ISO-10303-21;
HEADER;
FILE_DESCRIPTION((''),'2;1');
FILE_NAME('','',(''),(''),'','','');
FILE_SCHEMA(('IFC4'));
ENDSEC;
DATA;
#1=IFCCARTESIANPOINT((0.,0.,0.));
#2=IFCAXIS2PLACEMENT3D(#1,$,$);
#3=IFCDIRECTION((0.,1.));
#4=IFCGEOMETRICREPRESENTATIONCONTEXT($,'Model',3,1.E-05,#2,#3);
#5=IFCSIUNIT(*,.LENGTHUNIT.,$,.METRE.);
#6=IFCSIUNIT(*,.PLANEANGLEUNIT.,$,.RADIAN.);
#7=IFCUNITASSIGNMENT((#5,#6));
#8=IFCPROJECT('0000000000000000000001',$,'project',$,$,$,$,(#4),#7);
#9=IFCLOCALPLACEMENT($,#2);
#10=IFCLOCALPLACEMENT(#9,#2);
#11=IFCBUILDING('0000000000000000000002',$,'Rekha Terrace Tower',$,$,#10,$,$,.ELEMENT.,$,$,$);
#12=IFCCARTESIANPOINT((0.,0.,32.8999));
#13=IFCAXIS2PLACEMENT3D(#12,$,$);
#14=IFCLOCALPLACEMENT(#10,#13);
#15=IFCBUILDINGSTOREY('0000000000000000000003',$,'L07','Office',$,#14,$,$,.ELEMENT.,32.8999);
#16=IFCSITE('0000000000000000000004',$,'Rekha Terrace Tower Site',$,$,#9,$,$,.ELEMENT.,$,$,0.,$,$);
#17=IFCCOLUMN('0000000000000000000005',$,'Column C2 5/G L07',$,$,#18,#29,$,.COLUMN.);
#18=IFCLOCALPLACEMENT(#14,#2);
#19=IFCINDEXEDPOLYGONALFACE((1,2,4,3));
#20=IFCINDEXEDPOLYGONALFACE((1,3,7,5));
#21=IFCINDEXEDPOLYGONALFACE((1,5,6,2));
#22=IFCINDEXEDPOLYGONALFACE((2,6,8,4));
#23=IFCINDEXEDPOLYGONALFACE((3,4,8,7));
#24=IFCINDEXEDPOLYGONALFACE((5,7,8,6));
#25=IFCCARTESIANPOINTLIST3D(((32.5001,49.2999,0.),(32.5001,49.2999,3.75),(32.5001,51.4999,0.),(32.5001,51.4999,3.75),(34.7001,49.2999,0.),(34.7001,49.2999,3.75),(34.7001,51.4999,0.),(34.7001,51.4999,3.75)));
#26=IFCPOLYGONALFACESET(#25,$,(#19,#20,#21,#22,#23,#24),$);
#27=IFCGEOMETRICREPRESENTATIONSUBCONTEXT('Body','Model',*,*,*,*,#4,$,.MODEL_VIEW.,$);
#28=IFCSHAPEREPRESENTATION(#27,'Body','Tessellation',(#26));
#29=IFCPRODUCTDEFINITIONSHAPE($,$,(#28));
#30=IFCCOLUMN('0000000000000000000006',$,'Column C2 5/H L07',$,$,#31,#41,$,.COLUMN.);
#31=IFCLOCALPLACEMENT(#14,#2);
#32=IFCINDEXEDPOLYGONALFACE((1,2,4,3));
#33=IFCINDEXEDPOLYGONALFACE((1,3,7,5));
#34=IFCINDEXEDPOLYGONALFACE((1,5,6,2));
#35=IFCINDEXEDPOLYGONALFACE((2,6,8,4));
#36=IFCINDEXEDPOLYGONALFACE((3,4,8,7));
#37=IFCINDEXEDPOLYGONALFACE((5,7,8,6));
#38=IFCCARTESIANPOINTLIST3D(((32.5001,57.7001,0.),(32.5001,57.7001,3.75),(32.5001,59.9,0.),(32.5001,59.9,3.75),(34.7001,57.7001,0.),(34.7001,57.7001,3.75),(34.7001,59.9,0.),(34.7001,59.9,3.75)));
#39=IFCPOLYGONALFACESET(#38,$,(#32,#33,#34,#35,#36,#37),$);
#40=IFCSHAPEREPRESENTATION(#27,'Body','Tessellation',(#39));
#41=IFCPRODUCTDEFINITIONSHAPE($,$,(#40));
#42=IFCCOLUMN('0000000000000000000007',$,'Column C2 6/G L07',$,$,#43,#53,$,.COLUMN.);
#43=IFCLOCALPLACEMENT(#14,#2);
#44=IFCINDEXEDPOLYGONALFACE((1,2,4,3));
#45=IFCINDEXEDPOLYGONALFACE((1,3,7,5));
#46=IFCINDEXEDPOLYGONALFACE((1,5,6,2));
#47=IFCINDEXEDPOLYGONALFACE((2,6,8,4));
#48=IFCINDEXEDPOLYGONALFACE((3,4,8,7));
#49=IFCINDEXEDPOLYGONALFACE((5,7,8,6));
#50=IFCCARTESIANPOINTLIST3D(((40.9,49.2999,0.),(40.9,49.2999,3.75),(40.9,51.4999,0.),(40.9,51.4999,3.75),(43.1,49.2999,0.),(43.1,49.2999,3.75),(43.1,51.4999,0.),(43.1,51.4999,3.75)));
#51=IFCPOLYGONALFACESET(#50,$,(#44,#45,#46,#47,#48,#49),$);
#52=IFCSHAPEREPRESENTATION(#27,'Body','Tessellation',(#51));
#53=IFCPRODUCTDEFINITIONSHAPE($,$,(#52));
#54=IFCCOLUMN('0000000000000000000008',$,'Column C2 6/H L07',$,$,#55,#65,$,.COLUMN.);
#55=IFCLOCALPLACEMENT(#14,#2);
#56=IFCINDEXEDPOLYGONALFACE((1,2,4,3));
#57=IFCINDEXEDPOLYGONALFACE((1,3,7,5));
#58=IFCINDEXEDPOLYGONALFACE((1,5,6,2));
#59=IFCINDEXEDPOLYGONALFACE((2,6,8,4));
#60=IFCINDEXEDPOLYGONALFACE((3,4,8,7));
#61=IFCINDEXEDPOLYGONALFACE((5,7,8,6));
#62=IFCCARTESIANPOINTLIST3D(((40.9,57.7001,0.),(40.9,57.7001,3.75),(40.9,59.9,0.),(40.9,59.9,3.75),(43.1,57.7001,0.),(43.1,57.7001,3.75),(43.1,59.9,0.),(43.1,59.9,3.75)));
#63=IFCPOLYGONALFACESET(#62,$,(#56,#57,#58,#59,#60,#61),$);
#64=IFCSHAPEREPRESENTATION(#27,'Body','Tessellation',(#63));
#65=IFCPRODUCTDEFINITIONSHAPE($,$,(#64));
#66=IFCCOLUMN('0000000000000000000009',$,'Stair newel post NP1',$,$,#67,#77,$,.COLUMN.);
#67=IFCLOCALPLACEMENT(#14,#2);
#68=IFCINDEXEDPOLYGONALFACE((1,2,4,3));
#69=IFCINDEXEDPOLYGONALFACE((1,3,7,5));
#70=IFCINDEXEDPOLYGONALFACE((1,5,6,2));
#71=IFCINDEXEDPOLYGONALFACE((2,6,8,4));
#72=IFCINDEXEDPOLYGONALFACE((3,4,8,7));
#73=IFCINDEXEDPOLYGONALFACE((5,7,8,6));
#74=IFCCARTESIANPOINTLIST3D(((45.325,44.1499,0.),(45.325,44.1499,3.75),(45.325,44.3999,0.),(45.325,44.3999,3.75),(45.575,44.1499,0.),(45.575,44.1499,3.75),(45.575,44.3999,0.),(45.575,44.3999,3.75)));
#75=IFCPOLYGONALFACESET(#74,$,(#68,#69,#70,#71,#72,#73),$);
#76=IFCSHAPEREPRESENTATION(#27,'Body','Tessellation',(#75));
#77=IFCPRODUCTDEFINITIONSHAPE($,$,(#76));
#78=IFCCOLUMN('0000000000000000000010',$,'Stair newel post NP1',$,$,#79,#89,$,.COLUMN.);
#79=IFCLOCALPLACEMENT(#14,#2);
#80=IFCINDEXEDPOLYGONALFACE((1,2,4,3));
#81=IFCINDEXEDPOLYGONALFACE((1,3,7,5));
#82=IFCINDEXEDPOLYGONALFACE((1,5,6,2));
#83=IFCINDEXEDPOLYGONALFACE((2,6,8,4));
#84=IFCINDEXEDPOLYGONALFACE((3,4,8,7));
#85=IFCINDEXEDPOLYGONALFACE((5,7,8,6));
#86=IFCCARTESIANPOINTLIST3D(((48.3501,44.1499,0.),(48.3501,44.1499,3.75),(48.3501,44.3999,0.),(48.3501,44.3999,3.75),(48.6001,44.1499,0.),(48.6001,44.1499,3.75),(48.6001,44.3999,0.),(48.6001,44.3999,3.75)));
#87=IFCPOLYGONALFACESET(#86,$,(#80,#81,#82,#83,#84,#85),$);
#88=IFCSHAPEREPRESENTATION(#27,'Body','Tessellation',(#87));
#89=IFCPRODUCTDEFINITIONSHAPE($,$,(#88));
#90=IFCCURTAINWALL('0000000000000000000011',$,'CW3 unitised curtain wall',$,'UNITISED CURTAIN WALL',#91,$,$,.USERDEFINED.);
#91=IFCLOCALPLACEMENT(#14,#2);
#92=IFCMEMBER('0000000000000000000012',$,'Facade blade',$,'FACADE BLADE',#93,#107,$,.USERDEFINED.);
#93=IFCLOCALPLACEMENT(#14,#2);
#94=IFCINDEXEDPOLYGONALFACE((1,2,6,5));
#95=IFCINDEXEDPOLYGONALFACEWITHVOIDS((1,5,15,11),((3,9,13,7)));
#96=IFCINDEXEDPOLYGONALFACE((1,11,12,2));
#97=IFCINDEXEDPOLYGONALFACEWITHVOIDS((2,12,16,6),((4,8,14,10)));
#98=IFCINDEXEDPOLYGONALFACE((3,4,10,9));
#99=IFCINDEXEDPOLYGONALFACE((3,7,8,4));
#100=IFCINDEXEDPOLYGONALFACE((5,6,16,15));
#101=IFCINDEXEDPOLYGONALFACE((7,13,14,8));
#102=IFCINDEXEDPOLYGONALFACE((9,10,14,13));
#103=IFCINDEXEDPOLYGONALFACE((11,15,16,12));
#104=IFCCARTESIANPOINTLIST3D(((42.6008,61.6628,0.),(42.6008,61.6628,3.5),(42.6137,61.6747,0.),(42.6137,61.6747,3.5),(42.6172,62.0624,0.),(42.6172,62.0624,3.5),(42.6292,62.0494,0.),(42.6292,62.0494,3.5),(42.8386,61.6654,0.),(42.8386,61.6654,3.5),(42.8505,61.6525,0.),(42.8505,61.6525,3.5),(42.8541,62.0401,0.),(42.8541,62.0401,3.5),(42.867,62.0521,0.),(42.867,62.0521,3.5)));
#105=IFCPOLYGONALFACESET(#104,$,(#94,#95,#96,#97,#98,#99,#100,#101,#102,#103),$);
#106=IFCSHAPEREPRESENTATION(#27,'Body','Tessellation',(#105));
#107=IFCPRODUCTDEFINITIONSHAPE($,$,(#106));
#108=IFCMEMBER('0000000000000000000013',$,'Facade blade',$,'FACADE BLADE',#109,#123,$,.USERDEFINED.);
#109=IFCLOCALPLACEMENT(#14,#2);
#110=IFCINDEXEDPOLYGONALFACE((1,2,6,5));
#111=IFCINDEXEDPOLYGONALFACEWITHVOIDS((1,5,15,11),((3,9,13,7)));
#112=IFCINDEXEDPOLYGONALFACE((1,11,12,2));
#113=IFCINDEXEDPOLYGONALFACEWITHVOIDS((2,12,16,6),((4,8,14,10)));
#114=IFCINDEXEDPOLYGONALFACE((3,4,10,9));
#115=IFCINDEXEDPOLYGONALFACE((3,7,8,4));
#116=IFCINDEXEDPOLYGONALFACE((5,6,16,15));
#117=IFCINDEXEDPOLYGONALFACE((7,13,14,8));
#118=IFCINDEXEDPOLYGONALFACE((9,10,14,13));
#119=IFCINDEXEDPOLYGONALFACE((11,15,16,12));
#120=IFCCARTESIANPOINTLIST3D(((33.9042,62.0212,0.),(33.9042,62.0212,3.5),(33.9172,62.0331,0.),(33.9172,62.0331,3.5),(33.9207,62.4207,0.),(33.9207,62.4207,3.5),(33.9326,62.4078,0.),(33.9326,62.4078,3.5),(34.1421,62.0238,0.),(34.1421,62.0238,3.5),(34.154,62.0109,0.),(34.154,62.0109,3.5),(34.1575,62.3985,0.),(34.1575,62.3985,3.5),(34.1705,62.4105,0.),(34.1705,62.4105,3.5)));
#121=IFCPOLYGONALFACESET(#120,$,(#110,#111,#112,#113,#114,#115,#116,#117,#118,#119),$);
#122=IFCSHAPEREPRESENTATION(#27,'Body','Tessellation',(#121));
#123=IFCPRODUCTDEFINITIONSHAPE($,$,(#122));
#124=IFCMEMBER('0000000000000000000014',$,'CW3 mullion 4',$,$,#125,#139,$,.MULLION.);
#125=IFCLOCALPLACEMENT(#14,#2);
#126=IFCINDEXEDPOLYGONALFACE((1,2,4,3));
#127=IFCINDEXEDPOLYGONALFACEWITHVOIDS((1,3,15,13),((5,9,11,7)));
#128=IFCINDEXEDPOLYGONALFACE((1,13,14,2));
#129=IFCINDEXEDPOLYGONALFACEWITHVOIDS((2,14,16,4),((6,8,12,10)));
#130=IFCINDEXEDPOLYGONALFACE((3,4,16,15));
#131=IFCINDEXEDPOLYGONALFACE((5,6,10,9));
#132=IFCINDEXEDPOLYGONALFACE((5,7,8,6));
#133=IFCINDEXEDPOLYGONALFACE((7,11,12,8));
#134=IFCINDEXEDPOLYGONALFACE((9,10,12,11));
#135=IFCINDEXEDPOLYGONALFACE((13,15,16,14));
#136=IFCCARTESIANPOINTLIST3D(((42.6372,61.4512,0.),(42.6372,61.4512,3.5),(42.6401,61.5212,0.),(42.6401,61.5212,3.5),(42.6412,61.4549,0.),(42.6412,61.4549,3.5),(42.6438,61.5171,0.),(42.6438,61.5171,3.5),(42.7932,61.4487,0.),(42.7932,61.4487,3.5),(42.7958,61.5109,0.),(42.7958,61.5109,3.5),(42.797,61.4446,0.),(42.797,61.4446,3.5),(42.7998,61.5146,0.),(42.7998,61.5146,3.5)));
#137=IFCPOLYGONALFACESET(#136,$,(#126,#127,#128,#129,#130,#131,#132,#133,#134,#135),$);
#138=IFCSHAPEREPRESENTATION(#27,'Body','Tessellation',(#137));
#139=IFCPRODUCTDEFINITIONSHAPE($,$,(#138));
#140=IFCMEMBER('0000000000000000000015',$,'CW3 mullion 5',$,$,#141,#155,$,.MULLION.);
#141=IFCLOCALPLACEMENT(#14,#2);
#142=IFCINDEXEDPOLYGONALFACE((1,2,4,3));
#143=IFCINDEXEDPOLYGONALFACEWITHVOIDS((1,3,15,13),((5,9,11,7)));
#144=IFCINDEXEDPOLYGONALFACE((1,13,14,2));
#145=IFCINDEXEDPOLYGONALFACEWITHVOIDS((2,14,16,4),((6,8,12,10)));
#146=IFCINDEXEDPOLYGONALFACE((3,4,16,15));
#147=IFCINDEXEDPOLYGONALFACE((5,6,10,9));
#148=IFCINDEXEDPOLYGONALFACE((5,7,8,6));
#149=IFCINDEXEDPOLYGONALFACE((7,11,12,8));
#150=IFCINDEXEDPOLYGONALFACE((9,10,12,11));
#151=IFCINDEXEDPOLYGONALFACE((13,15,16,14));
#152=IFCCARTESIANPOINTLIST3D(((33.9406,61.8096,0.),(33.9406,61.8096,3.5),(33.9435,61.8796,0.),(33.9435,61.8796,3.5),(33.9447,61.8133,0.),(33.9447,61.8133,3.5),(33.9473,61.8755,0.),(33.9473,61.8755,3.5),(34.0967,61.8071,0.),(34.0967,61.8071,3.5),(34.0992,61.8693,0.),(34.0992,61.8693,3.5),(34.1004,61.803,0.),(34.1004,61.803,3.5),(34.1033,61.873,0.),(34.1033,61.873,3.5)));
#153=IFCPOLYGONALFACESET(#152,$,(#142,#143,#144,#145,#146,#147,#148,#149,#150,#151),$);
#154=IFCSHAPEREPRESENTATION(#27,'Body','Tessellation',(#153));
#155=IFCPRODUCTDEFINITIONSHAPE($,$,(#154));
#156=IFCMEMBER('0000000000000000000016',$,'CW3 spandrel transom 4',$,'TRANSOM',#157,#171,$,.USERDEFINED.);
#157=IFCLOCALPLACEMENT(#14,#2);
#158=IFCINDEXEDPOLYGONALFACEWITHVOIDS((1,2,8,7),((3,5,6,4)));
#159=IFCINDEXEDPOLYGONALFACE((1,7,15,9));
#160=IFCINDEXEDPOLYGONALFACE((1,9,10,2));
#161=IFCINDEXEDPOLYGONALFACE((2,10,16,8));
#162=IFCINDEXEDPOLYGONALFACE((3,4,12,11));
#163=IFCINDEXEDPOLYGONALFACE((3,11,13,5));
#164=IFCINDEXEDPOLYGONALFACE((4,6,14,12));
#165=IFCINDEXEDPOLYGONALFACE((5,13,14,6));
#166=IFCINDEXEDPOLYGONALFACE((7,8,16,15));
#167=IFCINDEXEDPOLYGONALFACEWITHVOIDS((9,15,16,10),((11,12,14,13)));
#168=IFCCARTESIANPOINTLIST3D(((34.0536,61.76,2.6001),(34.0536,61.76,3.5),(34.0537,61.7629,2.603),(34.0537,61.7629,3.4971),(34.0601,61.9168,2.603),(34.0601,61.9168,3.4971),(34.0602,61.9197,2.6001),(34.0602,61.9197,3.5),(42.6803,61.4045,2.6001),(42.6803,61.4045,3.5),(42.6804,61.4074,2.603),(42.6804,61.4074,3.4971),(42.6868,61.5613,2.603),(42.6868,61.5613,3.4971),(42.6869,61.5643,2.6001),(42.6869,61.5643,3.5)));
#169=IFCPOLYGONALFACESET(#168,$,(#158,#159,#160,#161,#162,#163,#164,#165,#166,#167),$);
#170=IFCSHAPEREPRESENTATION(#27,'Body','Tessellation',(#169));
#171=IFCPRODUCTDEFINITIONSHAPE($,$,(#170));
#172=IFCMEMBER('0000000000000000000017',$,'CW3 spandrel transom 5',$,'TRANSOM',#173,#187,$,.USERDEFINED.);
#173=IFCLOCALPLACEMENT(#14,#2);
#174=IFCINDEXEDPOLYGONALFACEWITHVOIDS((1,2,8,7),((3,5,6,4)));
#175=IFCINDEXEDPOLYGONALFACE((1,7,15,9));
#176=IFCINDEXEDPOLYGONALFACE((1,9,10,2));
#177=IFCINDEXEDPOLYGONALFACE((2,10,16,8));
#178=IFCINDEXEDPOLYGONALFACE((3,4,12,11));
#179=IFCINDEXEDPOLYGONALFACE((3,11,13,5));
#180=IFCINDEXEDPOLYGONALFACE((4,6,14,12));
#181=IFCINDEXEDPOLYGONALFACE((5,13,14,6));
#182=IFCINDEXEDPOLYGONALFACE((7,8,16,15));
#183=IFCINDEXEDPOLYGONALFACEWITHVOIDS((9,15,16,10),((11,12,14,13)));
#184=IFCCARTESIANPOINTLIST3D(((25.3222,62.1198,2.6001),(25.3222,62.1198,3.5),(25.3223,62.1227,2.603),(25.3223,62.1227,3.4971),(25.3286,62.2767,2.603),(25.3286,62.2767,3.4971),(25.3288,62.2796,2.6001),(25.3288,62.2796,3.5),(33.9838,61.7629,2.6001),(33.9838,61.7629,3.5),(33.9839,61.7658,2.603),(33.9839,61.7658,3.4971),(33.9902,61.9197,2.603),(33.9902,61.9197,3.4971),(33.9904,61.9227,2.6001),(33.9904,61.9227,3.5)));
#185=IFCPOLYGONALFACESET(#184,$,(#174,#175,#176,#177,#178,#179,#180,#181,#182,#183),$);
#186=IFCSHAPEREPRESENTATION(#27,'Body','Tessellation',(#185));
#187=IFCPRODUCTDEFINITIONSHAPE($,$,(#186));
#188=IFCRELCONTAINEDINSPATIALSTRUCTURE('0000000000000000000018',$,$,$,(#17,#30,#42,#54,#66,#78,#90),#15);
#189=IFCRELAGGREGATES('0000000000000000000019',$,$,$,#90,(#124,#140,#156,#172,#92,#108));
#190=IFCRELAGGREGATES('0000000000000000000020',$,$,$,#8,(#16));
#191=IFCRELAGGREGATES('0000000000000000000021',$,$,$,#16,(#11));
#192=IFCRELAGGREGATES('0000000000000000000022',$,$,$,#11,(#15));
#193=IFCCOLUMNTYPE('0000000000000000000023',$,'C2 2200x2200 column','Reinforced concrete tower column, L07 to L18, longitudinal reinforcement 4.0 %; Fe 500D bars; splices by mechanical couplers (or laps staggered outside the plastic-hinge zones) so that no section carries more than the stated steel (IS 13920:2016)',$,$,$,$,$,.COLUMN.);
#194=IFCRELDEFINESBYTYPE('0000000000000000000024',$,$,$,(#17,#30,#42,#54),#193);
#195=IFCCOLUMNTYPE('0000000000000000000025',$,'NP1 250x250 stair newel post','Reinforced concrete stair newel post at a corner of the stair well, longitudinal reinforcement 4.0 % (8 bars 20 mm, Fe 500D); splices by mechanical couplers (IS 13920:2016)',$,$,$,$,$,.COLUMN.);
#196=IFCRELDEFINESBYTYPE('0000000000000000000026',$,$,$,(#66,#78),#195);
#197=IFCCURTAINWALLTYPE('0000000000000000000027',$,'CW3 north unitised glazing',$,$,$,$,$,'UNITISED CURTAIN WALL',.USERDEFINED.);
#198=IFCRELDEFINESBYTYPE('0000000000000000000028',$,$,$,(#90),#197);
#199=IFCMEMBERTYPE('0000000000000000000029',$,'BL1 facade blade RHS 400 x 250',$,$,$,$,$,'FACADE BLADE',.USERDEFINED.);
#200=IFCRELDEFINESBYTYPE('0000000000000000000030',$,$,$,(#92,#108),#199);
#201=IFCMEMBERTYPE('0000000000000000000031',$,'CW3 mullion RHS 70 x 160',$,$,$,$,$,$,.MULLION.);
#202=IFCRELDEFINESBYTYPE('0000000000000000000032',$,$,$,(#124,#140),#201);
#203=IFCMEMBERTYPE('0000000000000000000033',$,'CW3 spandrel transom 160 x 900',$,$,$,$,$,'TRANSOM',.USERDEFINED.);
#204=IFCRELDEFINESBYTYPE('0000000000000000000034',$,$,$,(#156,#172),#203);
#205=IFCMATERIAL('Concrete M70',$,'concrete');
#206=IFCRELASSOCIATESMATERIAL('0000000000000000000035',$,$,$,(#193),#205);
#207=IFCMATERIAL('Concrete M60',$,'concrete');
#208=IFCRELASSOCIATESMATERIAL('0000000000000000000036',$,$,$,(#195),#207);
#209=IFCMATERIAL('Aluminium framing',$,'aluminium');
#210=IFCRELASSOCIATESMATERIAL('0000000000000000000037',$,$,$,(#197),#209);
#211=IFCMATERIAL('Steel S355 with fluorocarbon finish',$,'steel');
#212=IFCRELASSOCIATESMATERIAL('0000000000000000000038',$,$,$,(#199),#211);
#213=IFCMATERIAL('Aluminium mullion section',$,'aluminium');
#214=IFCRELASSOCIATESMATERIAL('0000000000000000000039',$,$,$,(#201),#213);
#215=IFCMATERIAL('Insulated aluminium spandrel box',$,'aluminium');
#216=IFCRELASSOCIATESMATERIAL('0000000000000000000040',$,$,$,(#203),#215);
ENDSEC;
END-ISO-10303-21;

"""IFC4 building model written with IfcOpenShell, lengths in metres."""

from ifc_helpers import new_model, si_unit, direction, frame, origin, origin_2d, place, context, subcontext, project, spatial, rectangle, hollow_rectangle, extrude, material, material_profile, profile_set, type_object, element, aggregate, save


model = new_model("IFC4")

# Units and contexts
model_context = context("Model", 3, precision=1e-05, world=origin(), true_north=direction((0.0, 1.0)))
body_context = subcontext(model_context, "Body", "Model", "MODEL_VIEW")
ifc_project = project(units=[si_unit("LENGTHUNIT", "METRE"), si_unit("PLANEANGLEUNIT", "RADIAN")], contexts=[model_context])

# Site, building, storey
site_placement = place(None, origin())
site = spatial("IfcSite", under=ifc_project, at=site_placement, Name="Rekha Terrace Tower Site", CompositionType="ELEMENT", RefElevation=0.0)
building_placement = place(site_placement, origin())
building = spatial("IfcBuilding", under=site, at=building_placement, Name="Rekha Terrace Tower", CompositionType="ELEMENT")
storey_placement = place(building_placement, frame((0.0, 0.0, 32.8999)))
storey = spatial("IfcBuildingStorey", under=building, at=storey_placement, Name="L07", Description="Office", CompositionType="ELEMENT", Elevation=32.8999)

# Columns
ifc_material_1 = material(Name="Concrete M70", Category="concrete")
ifc_material_profile_1 = material_profile(ifc_material_1, rectangle(XDim=2.2, YDim=2.2, at=origin_2d()), Name="RC 2200x2200")
ifc_profile_set_1 = profile_set([ifc_material_profile_1], Name="Concrete M70")
column_type_1 = type_object("IfcColumnType", Name="C2 2200x2200 column", Description="Reinforced concrete tower column, L07 to L18, longitudinal reinforcement 4.0 %; Fe 500D bars; splices by mechanical couplers (or laps staggered outside the plastic-hinge zones) so that no section carries more than the stated steel (IS 13920:2016)", PredefinedType="COLUMN", material=ifc_profile_set_1)
for number, where, z_axis, x_axis, name in (
    (1, (33.6001, 50.3999, 0.0), (0.0, 0.0, 1.0), (1.0, 0.0, 0.0), "Column C2 5/G L07"),
    (2, (33.6001, 58.8, 0.0), (0.0, 0.0, 1.0), (1.0, 0.0, 0.0), "Column C2 5/H L07"),
    (3, (42.0, 50.3999, 0.0), (0.0, 0.0, 1.0), (1.0, 0.0, 0.0), "Column C2 6/G L07"),
    (4, (42.0, 58.8, 0.0), (0.0, 0.0, 1.0), (1.0, 0.0, 0.0), "Column C2 6/H L07"),
):
    element("IfcColumn", number, at=place(storey_placement, frame(where, z_axis=z_axis, x_axis=x_axis)), inside=storey, type_object=column_type_1, Name=name, PredefinedType="COLUMN", context=body_context, shape_type="SweptSolid", body=[
        extrude(rectangle(XDim=2.2, YDim=2.2, at=origin_2d()), origin(), (0.0, 0.0, 1.0), 3.75),
    ])
ifc_material_2 = material(Name="Concrete M60", Category="concrete")
ifc_material_profile_2 = material_profile(ifc_material_2, rectangle(XDim=0.25, YDim=0.25, at=origin_2d()), Name="RC 250x250")
ifc_profile_set_2 = profile_set([ifc_material_profile_2], Name="Concrete M60")
column_type_2 = type_object("IfcColumnType", Name="NP1 250x250 stair newel post", Description="Reinforced concrete stair newel post at a corner of the stair well, longitudinal reinforcement 4.0 % (8 bars 20 mm, Fe 500D); splices by mechanical couplers (IS 13920:2016)", PredefinedType="COLUMN", material=ifc_profile_set_2)
for number, where, z_axis, x_axis, name in (
    (5, (45.45, 44.2749, 0.0), (0.0, 0.0, 1.0), (1.0, 0.0, 0.0), "Stair newel post NP1"),
    (6, (48.4751, 44.2749, 0.0), (0.0, 0.0, 1.0), (1.0, 0.0, 0.0), "Stair newel post NP1"),
):
    element("IfcColumn", number, at=place(storey_placement, frame(where, z_axis=z_axis, x_axis=x_axis)), inside=storey, type_object=column_type_2, Name=name, PredefinedType="COLUMN", context=body_context, shape_type="SweptSolid", body=[
        extrude(rectangle(XDim=0.25, YDim=0.25, at=origin_2d()), origin(), (0.0, 0.0, 1.0), 3.75),
    ])

# Curtain wall, members
ifc_material_3 = material(Name="Aluminium framing", Category="aluminium")
curtain_wall_type = type_object("IfcCurtainWallType", Name="CW3 north unitised glazing", ElementType="UNITISED CURTAIN WALL", PredefinedType="USERDEFINED", material=ifc_material_3)
curtain_wall_placement = place(storey_placement, origin())
curtain_wall = element("IfcCurtainWall", 7, at=curtain_wall_placement, inside=storey, type_object=curtain_wall_type, Name="CW3 unitised curtain wall", ObjectType="UNITISED CURTAIN WALL", PredefinedType="USERDEFINED")
ifc_material_4 = material(Name="Steel S355 with fluorocarbon finish", Category="steel")
ifc_material_profile_3 = material_profile(ifc_material_4, hollow_rectangle(XDim=0.25, YDim=0.3999, WallThickness=0.0125, at=origin_2d()), Name="RHS400x250x12.5")
ifc_profile_set_3 = profile_set([ifc_material_profile_3], Name="Steel S355 with fluorocarbon finish")
member_type_1 = type_object("IfcMemberType", Name="BL1 facade blade RHS 400 x 250", ElementType="FACADE BLADE", PredefinedType="USERDEFINED", material=ifc_profile_set_3)
member_1_placement = place(storey_placement, frame((42.7339, 61.8574, 0.0), z_axis=(0.0, 0.0, 1.0), x_axis=(-0.999152, 0.041175, 0.0)))
member_1 = element("IfcMember", 8, at=member_1_placement, type_object=member_type_1, Name="Facade blade", ObjectType="FACADE BLADE", PredefinedType="USERDEFINED", context=body_context, shape_type="SweptSolid", body=[
    extrude(hollow_rectangle(XDim=0.25, YDim=0.3999, WallThickness=0.0125, at=origin_2d()), origin(), (0.0, 0.0, 1.0), 3.5),
])
member_2_placement = place(storey_placement, frame((34.0374, 62.2158, 0.0), z_axis=(0.0, 0.0, 1.0), x_axis=(-0.999152, 0.041175, 0.0)))
member_2 = element("IfcMember", 9, at=member_2_placement, type_object=member_type_1, Name="Facade blade", ObjectType="FACADE BLADE", PredefinedType="USERDEFINED", context=body_context, shape_type="SweptSolid", body=[
    extrude(hollow_rectangle(XDim=0.25, YDim=0.3999, WallThickness=0.0125, at=origin_2d()), origin(), (0.0, 0.0, 1.0), 3.5),
])
ifc_material_5 = material(Name="Aluminium mullion section", Category="aluminium")
ifc_material_profile_4 = material_profile(ifc_material_5, hollow_rectangle(XDim=0.0701, YDim=0.1599, WallThickness=0.0039, at=origin_2d()), Name="AL RHS 70x160")
ifc_profile_set_4 = profile_set([ifc_material_profile_4], Name="Aluminium mullion section")
member_type_2 = type_object("IfcMemberType", Name="CW3 mullion RHS 70 x 160", PredefinedType="MULLION", material=ifc_profile_set_4)
member_3_placement = place(storey_placement, frame((42.7185, 61.4829, 0.0), z_axis=(0.0, 0.0, 1.0), x_axis=(-0.041174, -0.999152, 0.0)))
member_3 = element("IfcMember", 10, at=member_3_placement, type_object=member_type_2, Name="CW3 mullion 4", PredefinedType="MULLION", context=body_context, shape_type="SweptSolid", body=[
    extrude(hollow_rectangle(XDim=0.0701, YDim=0.1599, WallThickness=0.0039, at=origin_2d()), origin(), (0.0, 0.0, 1.0), 3.5),
])
member_4_placement = place(storey_placement, frame((34.022, 61.8413, 0.0), z_axis=(0.0, 0.0, 1.0), x_axis=(-0.041174, -0.999152, 0.0)))
member_4 = element("IfcMember", 11, at=member_4_placement, type_object=member_type_2, Name="CW3 mullion 5", PredefinedType="MULLION", context=body_context, shape_type="SweptSolid", body=[
    extrude(hollow_rectangle(XDim=0.0701, YDim=0.1599, WallThickness=0.0039, at=origin_2d()), origin(), (0.0, 0.0, 1.0), 3.5),
])
ifc_material_6 = material(Name="Insulated aluminium spandrel box", Category="aluminium")
ifc_material_profile_5 = material_profile(ifc_material_6, hollow_rectangle(XDim=0.1599, YDim=0.8999, WallThickness=0.0029, at=origin_2d()), Name="AL SPANDREL BOX 160x900")
ifc_profile_set_5 = profile_set([ifc_material_profile_5], Name="Insulated aluminium spandrel box")
member_type_3 = type_object("IfcMemberType", Name="CW3 spandrel transom 160 x 900", ElementType="TRANSOM", PredefinedType="USERDEFINED", material=ifc_profile_set_5)
member_5_placement = place(storey_placement, frame((42.6836, 61.4844, 3.05), z_axis=(-0.999152, 0.041171, 0.0), x_axis=(-0.041171, -0.999152, 0.0)))
member_5 = element("IfcMember", 12, at=member_5_placement, type_object=member_type_3, Name="CW3 spandrel transom 4", ObjectType="TRANSOM", PredefinedType="USERDEFINED", context=body_context, shape_type="SweptSolid", body=[
    extrude(hollow_rectangle(XDim=0.1599, YDim=0.8999, WallThickness=0.0029, at=origin_2d()), origin(), (0.0, 0.0, 1.0), 8.634),
])
member_6_placement = place(storey_placement, frame((33.9871, 61.8428, 3.05), z_axis=(-0.999152, 0.041174, 0.0), x_axis=(-0.041174, -0.999152, 0.0)))
member_6 = element("IfcMember", 13, at=member_6_placement, type_object=member_type_3, Name="CW3 spandrel transom 5", ObjectType="TRANSOM", PredefinedType="USERDEFINED", context=body_context, shape_type="SweptSolid", body=[
    extrude(hollow_rectangle(XDim=0.1599, YDim=0.8999, WallThickness=0.0029, at=origin_2d()), origin(), (0.0, 0.0, 1.0), 8.6689),
])

aggregate(curtain_wall, [member_3, member_4, member_5, member_6, member_1, member_2])

save(model, "model.ifc")
